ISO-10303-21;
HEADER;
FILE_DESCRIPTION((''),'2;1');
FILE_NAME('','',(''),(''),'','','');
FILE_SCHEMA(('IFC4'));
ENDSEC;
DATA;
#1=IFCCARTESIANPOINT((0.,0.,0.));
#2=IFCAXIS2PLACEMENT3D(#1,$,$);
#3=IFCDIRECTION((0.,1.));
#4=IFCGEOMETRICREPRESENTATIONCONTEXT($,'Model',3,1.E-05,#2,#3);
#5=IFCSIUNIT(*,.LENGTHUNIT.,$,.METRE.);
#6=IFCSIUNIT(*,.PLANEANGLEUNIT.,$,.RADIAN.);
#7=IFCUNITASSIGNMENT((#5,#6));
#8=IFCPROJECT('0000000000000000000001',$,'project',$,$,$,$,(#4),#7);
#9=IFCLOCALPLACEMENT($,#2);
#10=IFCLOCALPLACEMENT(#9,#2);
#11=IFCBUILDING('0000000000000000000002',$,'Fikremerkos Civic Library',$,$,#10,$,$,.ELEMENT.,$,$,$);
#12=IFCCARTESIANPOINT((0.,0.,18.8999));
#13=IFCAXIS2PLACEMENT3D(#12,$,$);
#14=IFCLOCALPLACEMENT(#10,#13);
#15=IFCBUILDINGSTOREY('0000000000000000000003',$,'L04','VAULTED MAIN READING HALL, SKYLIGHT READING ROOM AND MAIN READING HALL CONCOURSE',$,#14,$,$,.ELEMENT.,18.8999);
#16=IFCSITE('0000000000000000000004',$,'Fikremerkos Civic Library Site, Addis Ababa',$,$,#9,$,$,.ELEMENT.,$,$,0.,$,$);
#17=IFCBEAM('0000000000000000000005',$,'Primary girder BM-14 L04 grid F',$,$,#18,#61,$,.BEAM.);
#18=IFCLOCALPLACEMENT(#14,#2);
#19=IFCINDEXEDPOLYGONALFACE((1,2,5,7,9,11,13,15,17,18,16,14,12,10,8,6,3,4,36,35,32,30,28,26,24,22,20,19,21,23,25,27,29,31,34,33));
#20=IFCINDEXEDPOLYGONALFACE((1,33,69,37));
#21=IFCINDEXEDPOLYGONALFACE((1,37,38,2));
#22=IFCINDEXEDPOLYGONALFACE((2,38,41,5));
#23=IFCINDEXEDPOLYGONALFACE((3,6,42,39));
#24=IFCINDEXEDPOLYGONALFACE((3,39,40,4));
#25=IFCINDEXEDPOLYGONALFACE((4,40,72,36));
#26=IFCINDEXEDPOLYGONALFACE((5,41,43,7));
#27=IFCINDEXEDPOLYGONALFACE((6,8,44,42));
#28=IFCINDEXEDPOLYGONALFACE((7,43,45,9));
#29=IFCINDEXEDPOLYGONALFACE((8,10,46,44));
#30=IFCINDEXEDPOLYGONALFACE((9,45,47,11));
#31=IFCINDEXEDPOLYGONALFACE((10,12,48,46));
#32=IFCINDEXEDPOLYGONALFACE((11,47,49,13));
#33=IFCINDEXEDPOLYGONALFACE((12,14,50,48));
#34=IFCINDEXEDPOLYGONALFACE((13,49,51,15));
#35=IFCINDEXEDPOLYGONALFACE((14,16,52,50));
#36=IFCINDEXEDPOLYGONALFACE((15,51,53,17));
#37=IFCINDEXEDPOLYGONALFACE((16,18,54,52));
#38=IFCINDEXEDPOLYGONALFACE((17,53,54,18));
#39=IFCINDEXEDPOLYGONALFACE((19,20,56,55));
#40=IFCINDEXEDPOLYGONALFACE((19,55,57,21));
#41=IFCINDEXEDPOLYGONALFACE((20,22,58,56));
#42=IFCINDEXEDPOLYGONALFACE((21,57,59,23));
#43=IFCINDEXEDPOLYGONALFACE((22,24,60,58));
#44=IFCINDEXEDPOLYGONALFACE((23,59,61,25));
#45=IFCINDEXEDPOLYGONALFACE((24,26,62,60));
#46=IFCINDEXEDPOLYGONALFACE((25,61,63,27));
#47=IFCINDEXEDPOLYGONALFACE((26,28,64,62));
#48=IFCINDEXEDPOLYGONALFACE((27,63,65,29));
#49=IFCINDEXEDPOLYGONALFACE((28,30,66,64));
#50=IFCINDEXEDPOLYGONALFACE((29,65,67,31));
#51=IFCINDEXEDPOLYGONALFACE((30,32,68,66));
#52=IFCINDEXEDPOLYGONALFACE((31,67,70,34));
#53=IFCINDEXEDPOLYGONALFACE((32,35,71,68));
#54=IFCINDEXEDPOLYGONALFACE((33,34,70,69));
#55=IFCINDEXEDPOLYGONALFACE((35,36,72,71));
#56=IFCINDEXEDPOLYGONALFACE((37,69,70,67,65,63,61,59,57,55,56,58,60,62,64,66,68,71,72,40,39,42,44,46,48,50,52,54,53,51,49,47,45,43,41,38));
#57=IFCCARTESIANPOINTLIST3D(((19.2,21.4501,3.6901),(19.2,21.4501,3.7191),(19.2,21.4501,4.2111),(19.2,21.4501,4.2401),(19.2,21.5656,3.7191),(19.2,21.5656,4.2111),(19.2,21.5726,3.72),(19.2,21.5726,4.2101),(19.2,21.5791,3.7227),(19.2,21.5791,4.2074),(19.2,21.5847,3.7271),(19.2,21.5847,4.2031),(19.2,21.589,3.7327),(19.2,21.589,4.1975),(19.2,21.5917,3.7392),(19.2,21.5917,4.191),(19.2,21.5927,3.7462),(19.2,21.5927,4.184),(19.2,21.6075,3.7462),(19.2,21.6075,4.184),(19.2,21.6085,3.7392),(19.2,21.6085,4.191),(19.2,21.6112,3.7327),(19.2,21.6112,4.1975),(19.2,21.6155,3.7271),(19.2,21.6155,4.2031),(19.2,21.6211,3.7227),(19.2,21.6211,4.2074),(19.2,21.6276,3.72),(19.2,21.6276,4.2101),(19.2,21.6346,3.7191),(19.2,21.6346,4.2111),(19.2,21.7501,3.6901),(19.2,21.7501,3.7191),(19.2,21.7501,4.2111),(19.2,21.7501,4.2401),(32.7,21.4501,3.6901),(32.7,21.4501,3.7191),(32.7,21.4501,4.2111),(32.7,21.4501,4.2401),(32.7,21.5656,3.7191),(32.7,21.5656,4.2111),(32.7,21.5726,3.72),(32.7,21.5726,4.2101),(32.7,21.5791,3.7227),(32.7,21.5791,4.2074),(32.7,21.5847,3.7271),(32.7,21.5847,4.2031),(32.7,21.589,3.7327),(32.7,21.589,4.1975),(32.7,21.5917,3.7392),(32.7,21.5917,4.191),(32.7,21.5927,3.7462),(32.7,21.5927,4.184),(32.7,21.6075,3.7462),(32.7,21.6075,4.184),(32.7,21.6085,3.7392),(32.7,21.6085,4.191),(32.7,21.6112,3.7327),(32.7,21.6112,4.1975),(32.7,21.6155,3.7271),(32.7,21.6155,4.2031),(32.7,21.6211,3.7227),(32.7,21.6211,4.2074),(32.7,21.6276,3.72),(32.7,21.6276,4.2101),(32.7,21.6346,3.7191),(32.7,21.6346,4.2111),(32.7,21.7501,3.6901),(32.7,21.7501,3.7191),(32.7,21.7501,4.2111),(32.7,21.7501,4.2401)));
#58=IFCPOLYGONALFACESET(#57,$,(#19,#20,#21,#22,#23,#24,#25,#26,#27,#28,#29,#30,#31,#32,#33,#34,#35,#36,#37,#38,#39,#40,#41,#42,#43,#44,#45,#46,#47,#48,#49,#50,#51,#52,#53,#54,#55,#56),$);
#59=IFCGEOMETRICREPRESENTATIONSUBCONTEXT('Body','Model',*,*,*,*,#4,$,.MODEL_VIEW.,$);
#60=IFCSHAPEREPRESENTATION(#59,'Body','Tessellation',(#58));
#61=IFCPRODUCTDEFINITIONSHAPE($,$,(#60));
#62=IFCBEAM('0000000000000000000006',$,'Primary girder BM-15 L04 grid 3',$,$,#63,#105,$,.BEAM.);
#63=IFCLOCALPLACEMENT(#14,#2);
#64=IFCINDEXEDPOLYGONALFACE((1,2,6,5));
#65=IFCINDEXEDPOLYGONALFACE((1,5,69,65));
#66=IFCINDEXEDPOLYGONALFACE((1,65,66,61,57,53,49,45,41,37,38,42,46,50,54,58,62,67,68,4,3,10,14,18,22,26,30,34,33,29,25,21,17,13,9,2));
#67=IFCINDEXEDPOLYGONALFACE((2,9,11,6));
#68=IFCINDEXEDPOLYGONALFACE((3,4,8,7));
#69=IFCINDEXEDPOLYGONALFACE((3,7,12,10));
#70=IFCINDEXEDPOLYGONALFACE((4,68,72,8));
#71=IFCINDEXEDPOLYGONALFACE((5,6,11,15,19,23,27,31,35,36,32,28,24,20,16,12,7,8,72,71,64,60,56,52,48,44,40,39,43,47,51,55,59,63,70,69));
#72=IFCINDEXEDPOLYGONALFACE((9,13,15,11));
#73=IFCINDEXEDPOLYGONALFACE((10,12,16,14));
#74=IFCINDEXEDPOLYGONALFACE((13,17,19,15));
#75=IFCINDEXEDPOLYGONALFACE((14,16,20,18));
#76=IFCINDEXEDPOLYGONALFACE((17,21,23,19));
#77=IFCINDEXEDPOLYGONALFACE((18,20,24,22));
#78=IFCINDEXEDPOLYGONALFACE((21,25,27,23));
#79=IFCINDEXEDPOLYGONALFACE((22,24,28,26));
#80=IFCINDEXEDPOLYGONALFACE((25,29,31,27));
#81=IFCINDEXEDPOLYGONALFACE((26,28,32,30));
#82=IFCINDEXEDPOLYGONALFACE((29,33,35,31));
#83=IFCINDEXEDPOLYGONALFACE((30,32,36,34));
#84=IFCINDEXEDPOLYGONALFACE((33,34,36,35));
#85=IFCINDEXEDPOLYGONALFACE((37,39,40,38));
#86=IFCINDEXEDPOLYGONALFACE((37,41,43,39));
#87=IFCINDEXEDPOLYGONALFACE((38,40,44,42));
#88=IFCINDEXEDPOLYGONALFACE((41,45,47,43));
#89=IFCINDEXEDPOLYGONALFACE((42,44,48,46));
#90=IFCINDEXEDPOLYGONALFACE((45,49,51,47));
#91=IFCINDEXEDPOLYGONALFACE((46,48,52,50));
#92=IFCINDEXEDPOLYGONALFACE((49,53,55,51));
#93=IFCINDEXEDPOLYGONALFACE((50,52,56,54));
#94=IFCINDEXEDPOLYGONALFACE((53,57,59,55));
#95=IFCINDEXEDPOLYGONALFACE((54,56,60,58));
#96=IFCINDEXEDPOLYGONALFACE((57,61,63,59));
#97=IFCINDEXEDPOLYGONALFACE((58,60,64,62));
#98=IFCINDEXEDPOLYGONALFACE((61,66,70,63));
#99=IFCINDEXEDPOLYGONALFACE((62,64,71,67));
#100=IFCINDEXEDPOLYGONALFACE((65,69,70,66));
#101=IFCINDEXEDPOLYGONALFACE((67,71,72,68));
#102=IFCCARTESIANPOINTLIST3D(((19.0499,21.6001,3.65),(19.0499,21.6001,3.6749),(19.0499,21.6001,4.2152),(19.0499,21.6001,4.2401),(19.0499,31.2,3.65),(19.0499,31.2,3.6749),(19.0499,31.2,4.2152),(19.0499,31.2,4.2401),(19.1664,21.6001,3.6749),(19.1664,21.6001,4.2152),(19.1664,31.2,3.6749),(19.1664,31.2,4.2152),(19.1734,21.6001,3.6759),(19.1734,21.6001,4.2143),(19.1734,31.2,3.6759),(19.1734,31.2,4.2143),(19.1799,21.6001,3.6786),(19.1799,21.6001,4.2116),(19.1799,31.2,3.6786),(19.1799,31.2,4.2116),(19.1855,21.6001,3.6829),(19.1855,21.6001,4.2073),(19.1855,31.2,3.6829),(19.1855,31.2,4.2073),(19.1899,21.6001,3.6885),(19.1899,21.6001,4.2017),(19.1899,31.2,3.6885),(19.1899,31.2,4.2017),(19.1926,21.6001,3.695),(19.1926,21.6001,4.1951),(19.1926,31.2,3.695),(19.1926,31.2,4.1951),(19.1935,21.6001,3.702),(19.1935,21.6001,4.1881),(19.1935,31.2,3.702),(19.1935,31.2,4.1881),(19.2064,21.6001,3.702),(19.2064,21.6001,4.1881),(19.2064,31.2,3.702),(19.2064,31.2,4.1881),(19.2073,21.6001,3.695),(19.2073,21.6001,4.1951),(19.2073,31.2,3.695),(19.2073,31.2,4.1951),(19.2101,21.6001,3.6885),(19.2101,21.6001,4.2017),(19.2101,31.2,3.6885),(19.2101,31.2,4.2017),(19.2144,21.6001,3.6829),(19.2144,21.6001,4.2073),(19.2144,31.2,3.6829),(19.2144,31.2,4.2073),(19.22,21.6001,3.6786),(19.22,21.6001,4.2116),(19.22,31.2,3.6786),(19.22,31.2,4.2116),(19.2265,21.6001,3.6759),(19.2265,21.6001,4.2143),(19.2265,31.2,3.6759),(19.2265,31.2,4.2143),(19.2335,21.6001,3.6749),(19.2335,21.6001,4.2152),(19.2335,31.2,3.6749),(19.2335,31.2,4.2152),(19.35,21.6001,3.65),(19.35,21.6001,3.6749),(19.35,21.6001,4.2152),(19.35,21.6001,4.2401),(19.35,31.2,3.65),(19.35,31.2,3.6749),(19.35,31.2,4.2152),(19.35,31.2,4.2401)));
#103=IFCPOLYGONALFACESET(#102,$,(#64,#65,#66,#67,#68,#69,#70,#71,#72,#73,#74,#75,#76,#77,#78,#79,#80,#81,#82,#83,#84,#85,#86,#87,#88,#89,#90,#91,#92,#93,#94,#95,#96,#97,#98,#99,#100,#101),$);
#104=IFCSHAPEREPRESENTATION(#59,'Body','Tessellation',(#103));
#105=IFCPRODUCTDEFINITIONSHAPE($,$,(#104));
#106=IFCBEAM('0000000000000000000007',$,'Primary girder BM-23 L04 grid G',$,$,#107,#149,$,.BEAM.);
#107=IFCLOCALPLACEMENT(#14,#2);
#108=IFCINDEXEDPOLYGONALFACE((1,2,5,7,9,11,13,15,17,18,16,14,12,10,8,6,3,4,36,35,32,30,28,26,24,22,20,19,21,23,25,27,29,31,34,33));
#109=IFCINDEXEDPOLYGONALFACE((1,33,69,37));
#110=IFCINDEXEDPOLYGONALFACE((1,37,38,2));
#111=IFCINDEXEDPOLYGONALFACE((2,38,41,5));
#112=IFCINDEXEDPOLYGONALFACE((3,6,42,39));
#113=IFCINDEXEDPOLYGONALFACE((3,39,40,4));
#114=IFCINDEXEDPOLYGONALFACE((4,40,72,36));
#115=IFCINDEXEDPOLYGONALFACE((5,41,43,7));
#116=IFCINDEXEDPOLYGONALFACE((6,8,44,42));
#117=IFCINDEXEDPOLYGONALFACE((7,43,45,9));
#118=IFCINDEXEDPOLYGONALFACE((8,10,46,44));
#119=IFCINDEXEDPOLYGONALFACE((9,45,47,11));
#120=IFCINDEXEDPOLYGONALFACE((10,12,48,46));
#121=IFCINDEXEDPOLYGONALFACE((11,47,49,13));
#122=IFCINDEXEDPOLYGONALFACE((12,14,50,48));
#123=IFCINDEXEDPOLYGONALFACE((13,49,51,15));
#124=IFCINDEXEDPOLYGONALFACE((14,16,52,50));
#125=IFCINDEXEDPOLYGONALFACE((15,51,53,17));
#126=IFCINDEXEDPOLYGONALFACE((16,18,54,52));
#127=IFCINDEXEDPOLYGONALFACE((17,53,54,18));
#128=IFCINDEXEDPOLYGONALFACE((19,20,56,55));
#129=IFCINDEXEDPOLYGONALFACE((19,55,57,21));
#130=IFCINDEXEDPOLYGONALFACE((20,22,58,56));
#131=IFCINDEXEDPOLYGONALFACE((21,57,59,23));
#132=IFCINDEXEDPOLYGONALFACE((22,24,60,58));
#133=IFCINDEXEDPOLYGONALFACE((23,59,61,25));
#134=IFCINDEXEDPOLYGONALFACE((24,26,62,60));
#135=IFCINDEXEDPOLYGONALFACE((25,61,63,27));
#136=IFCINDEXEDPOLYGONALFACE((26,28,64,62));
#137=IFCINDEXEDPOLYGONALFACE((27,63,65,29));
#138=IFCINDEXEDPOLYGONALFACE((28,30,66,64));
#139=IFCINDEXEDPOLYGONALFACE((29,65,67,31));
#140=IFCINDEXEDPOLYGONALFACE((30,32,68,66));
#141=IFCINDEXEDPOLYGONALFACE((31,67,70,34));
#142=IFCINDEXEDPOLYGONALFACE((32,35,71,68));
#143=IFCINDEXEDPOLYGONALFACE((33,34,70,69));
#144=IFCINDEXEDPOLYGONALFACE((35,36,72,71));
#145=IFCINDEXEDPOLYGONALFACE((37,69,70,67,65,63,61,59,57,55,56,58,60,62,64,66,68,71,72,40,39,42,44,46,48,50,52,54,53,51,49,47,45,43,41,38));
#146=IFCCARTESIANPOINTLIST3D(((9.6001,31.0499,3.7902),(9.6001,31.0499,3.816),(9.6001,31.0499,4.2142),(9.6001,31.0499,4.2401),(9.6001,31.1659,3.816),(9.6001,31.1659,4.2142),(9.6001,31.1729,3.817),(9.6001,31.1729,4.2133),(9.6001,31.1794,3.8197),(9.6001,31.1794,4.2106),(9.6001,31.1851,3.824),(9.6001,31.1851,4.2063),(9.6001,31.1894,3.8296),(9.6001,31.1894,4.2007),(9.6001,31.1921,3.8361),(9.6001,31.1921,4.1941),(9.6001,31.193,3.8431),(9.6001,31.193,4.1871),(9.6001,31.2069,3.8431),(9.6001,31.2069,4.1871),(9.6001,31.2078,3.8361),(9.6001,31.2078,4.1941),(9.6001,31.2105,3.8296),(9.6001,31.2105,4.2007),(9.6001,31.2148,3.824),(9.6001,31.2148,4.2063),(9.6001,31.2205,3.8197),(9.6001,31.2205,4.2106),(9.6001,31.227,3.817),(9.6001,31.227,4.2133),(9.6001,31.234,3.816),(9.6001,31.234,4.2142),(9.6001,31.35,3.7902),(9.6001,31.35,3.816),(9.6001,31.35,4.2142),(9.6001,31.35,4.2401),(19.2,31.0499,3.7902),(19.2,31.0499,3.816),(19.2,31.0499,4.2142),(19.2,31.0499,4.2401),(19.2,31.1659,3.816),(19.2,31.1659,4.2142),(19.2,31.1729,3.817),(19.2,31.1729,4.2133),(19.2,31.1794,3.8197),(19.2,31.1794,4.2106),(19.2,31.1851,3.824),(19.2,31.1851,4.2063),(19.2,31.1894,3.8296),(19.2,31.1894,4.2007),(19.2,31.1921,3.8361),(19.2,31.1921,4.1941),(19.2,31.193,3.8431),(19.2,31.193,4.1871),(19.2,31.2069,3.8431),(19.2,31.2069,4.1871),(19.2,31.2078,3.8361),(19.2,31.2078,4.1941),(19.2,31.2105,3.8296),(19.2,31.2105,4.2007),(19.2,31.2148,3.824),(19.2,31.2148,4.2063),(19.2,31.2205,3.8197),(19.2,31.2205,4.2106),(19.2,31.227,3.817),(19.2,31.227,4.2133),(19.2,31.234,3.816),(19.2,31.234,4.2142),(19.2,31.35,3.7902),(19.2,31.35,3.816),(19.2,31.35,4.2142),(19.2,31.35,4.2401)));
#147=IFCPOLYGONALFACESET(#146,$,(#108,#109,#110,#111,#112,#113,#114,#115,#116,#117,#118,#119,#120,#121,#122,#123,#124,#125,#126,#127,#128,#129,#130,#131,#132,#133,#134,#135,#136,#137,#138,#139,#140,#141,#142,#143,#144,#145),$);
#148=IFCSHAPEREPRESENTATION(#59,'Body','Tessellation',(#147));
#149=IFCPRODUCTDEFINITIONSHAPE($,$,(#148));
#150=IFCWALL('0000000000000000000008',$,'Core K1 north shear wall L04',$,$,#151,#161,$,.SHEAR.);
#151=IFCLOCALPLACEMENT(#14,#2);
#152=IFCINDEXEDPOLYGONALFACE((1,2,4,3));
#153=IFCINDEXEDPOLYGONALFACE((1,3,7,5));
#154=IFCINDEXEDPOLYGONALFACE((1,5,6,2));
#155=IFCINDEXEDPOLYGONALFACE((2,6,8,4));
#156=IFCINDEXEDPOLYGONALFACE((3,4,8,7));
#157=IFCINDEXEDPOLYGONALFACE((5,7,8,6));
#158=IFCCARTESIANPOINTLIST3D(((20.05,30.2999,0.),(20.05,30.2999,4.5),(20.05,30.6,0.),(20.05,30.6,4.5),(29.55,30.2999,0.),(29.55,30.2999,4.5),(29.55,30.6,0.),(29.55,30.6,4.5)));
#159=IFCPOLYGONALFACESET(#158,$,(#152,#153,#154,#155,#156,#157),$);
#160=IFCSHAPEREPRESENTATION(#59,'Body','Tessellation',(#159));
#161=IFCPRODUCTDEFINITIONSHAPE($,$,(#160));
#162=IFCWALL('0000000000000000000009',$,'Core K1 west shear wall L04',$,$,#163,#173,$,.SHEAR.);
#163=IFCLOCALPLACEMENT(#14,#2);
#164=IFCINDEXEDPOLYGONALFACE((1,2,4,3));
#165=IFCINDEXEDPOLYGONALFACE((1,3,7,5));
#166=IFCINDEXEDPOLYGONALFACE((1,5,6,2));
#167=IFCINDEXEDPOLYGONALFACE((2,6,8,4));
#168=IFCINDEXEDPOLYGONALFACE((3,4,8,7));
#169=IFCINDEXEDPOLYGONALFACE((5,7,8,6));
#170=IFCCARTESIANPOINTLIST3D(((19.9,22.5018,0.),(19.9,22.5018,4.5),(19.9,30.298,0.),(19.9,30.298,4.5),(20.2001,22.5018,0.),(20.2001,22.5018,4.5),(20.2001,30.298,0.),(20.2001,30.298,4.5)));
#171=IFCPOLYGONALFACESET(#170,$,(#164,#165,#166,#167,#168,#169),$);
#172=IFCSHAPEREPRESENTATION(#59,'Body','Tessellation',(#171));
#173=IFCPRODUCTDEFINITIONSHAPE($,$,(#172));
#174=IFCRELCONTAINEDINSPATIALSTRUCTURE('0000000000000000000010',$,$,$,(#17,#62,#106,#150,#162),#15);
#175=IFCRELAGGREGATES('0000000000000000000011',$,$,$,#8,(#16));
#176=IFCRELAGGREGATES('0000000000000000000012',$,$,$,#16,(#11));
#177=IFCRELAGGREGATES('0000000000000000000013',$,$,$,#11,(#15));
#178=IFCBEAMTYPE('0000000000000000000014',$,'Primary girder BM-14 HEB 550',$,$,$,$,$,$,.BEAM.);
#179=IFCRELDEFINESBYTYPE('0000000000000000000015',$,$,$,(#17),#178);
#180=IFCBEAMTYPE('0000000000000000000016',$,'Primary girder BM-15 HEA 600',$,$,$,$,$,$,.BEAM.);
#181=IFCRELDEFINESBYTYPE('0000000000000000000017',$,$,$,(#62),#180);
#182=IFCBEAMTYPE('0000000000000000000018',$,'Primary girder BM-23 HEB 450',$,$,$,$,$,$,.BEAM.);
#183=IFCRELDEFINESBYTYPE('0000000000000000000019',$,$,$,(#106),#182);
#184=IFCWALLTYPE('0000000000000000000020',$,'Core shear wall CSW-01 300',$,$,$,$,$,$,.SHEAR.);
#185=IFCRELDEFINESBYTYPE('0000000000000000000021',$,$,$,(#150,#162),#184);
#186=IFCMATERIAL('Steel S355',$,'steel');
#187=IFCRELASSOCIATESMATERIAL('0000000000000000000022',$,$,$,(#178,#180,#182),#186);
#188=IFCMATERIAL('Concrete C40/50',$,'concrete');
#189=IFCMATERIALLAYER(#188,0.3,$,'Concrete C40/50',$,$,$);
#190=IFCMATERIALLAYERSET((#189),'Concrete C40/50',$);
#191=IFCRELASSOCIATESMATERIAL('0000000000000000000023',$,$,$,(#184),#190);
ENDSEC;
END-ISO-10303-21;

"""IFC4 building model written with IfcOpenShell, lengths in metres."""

from ifc_helpers import new_model, si_unit, direction, frame, frame_2d, origin, origin_2d, place, context, subcontext, project, spatial, rectangle, i_section, extrude, material, layer, layer_set, material_profile, profile_set, type_object, element, save


model = new_model("IFC4")

# Units and contexts
model_context = context("Model", 3, precision=1e-05, world=origin(), true_north=direction((0.0, 1.0)))
body_context = subcontext(model_context, "Body", "Model", "MODEL_VIEW")
ifc_project = project(units=[si_unit("LENGTHUNIT", "METRE"), si_unit("PLANEANGLEUNIT", "RADIAN")], contexts=[model_context])

# Site, building, storey
site_placement = place(None, origin())
site = spatial("IfcSite", under=ifc_project, at=site_placement, Name="Fikremerkos Civic Library Site, Addis Ababa", CompositionType="ELEMENT", RefElevation=0.0)
building_placement = place(site_placement, origin())
building = spatial("IfcBuilding", under=site, at=building_placement, Name="Fikremerkos Civic Library", CompositionType="ELEMENT")
storey_placement = place(building_placement, frame((0.0, 0.0, 18.8999)))
storey = spatial("IfcBuildingStorey", under=building, at=storey_placement, Name="L04", Description="VAULTED MAIN READING HALL, SKYLIGHT READING ROOM AND MAIN READING HALL CONCOURSE", CompositionType="ELEMENT", Elevation=18.8999)

# Shared definitions
ifc_material_1 = material(Name="Steel S355", Category="steel")

# Beams
ifc_material_2 = material(Name="Concrete C40/50", Category="concrete")
ifc_material_profile_1 = material_profile(ifc_material_1, i_section(OverallWidth=0.3, OverallDepth=0.55, WebThickness=0.0149, FlangeThickness=0.0291, FilletRadius=0.0271, at=origin_2d()), Name="HEB 550")
ifc_profile_set_1 = profile_set([ifc_material_profile_1], Name="Steel S355")
beam_type_1 = type_object("IfcBeamType", Name="Primary girder BM-14 HEB 550", PredefinedType="BEAM", material=ifc_profile_set_1)
beam_1_placement = place(storey_placement, frame((19.2, 21.6001, 3.9651), z_axis=(1.0, 0.0, 0.0), x_axis=(0.0, 1.0, 0.0)))
element("IfcBeam", 1, at=beam_1_placement, inside=storey, type_object=beam_type_1, Name="Primary girder BM-14 L04 grid F", PredefinedType="BEAM", context=body_context, shape_type="SweptSolid", body=[
    extrude(i_section(OverallWidth=0.3, OverallDepth=0.55, WebThickness=0.0149, FlangeThickness=0.0291, FilletRadius=0.0271, at=origin_2d()), origin(), (0.0, 0.0, 1.0), 13.5),
])
ifc_material_profile_2 = material_profile(ifc_material_1, i_section(OverallWidth=0.3, OverallDepth=0.5901, WebThickness=0.0129, FlangeThickness=0.0249, FilletRadius=0.0271, at=origin_2d()), Name="HEA 600")
ifc_profile_set_2 = profile_set([ifc_material_profile_2], Name="Steel S355")
beam_type_2 = type_object("IfcBeamType", Name="Primary girder BM-15 HEA 600", PredefinedType="BEAM", material=ifc_profile_set_2)
beam_2_placement = place(storey_placement, frame((19.2, 21.6001, 3.9451), z_axis=(0.0, 1.0, 0.0), x_axis=(-1.0, 0.0, 0.0)))
element("IfcBeam", 2, at=beam_2_placement, inside=storey, type_object=beam_type_2, Name="Primary girder BM-15 L04 grid 3", PredefinedType="BEAM", context=body_context, shape_type="SweptSolid", body=[
    extrude(i_section(OverallWidth=0.3, OverallDepth=0.5901, WebThickness=0.0129, FlangeThickness=0.0249, FilletRadius=0.0271, at=origin_2d()), origin(), (0.0, 0.0, 1.0), 9.5999),
])
ifc_material_profile_3 = material_profile(ifc_material_1, i_section(OverallWidth=0.3, OverallDepth=0.45, WebThickness=0.0139, FlangeThickness=0.0259, FilletRadius=0.0271, at=origin_2d()), Name="HEB 450")
ifc_profile_set_3 = profile_set([ifc_material_profile_3], Name="Steel S355")
beam_type_3 = type_object("IfcBeamType", Name="Primary girder BM-23 HEB 450", PredefinedType="BEAM", material=ifc_profile_set_3)
beam_3_placement = place(storey_placement, frame((9.6001, 31.2, 4.0151), z_axis=(1.0, 0.0, 0.0), x_axis=(0.0, 1.0, 0.0)))
element("IfcBeam", 3, at=beam_3_placement, inside=storey, type_object=beam_type_3, Name="Primary girder BM-23 L04 grid G", PredefinedType="BEAM", context=body_context, shape_type="SweptSolid", body=[
    extrude(i_section(OverallWidth=0.3, OverallDepth=0.45, WebThickness=0.0139, FlangeThickness=0.0259, FilletRadius=0.0271, at=origin_2d()), origin(), (0.0, 0.0, 1.0), 9.5999),
])

# Walls
ifc_layer_1 = layer(ifc_material_2, 0.3, Name="Concrete C40/50")
ifc_layer_set_1 = layer_set([ifc_layer_1], Name="Concrete C40/50")
wall_type_1 = type_object("IfcWallType", Name="Core shear wall CSW-01 300", PredefinedType="SHEAR", material=ifc_layer_set_1)
wall_1_placement = place(storey_placement, frame((20.05, 30.45, 0.0), z_axis=(0.0, 0.0, 1.0), x_axis=(1.0, 0.0, 0.0)))
element("IfcWall", 4, at=wall_1_placement, inside=storey, type_object=wall_type_1, Name="Core K1 north shear wall L04", PredefinedType="SHEAR", context=body_context, shape_type="SweptSolid", body=[
    extrude(rectangle(XDim=9.5, YDim=0.3, at=frame_2d((4.75, 0.0))), origin(), (0.0, 0.0, 1.0), 4.5),
])
wall_2_placement = place(storey_placement, frame((20.05, 22.502, 0.0), z_axis=(0.0, 0.0, 1.0), x_axis=(0.0, 1.0, 0.0)))
element("IfcWall", 5, at=wall_2_placement, inside=storey, type_object=wall_type_1, Name="Core K1 west shear wall L04", PredefinedType="SHEAR", context=body_context, shape_type="SweptSolid", body=[
    extrude(rectangle(XDim=7.7961, YDim=0.3, at=frame_2d((3.8979, 0.0))), origin(), (0.0, 0.0, 1.0), 4.5),
])

save(model, "model.ifc")
